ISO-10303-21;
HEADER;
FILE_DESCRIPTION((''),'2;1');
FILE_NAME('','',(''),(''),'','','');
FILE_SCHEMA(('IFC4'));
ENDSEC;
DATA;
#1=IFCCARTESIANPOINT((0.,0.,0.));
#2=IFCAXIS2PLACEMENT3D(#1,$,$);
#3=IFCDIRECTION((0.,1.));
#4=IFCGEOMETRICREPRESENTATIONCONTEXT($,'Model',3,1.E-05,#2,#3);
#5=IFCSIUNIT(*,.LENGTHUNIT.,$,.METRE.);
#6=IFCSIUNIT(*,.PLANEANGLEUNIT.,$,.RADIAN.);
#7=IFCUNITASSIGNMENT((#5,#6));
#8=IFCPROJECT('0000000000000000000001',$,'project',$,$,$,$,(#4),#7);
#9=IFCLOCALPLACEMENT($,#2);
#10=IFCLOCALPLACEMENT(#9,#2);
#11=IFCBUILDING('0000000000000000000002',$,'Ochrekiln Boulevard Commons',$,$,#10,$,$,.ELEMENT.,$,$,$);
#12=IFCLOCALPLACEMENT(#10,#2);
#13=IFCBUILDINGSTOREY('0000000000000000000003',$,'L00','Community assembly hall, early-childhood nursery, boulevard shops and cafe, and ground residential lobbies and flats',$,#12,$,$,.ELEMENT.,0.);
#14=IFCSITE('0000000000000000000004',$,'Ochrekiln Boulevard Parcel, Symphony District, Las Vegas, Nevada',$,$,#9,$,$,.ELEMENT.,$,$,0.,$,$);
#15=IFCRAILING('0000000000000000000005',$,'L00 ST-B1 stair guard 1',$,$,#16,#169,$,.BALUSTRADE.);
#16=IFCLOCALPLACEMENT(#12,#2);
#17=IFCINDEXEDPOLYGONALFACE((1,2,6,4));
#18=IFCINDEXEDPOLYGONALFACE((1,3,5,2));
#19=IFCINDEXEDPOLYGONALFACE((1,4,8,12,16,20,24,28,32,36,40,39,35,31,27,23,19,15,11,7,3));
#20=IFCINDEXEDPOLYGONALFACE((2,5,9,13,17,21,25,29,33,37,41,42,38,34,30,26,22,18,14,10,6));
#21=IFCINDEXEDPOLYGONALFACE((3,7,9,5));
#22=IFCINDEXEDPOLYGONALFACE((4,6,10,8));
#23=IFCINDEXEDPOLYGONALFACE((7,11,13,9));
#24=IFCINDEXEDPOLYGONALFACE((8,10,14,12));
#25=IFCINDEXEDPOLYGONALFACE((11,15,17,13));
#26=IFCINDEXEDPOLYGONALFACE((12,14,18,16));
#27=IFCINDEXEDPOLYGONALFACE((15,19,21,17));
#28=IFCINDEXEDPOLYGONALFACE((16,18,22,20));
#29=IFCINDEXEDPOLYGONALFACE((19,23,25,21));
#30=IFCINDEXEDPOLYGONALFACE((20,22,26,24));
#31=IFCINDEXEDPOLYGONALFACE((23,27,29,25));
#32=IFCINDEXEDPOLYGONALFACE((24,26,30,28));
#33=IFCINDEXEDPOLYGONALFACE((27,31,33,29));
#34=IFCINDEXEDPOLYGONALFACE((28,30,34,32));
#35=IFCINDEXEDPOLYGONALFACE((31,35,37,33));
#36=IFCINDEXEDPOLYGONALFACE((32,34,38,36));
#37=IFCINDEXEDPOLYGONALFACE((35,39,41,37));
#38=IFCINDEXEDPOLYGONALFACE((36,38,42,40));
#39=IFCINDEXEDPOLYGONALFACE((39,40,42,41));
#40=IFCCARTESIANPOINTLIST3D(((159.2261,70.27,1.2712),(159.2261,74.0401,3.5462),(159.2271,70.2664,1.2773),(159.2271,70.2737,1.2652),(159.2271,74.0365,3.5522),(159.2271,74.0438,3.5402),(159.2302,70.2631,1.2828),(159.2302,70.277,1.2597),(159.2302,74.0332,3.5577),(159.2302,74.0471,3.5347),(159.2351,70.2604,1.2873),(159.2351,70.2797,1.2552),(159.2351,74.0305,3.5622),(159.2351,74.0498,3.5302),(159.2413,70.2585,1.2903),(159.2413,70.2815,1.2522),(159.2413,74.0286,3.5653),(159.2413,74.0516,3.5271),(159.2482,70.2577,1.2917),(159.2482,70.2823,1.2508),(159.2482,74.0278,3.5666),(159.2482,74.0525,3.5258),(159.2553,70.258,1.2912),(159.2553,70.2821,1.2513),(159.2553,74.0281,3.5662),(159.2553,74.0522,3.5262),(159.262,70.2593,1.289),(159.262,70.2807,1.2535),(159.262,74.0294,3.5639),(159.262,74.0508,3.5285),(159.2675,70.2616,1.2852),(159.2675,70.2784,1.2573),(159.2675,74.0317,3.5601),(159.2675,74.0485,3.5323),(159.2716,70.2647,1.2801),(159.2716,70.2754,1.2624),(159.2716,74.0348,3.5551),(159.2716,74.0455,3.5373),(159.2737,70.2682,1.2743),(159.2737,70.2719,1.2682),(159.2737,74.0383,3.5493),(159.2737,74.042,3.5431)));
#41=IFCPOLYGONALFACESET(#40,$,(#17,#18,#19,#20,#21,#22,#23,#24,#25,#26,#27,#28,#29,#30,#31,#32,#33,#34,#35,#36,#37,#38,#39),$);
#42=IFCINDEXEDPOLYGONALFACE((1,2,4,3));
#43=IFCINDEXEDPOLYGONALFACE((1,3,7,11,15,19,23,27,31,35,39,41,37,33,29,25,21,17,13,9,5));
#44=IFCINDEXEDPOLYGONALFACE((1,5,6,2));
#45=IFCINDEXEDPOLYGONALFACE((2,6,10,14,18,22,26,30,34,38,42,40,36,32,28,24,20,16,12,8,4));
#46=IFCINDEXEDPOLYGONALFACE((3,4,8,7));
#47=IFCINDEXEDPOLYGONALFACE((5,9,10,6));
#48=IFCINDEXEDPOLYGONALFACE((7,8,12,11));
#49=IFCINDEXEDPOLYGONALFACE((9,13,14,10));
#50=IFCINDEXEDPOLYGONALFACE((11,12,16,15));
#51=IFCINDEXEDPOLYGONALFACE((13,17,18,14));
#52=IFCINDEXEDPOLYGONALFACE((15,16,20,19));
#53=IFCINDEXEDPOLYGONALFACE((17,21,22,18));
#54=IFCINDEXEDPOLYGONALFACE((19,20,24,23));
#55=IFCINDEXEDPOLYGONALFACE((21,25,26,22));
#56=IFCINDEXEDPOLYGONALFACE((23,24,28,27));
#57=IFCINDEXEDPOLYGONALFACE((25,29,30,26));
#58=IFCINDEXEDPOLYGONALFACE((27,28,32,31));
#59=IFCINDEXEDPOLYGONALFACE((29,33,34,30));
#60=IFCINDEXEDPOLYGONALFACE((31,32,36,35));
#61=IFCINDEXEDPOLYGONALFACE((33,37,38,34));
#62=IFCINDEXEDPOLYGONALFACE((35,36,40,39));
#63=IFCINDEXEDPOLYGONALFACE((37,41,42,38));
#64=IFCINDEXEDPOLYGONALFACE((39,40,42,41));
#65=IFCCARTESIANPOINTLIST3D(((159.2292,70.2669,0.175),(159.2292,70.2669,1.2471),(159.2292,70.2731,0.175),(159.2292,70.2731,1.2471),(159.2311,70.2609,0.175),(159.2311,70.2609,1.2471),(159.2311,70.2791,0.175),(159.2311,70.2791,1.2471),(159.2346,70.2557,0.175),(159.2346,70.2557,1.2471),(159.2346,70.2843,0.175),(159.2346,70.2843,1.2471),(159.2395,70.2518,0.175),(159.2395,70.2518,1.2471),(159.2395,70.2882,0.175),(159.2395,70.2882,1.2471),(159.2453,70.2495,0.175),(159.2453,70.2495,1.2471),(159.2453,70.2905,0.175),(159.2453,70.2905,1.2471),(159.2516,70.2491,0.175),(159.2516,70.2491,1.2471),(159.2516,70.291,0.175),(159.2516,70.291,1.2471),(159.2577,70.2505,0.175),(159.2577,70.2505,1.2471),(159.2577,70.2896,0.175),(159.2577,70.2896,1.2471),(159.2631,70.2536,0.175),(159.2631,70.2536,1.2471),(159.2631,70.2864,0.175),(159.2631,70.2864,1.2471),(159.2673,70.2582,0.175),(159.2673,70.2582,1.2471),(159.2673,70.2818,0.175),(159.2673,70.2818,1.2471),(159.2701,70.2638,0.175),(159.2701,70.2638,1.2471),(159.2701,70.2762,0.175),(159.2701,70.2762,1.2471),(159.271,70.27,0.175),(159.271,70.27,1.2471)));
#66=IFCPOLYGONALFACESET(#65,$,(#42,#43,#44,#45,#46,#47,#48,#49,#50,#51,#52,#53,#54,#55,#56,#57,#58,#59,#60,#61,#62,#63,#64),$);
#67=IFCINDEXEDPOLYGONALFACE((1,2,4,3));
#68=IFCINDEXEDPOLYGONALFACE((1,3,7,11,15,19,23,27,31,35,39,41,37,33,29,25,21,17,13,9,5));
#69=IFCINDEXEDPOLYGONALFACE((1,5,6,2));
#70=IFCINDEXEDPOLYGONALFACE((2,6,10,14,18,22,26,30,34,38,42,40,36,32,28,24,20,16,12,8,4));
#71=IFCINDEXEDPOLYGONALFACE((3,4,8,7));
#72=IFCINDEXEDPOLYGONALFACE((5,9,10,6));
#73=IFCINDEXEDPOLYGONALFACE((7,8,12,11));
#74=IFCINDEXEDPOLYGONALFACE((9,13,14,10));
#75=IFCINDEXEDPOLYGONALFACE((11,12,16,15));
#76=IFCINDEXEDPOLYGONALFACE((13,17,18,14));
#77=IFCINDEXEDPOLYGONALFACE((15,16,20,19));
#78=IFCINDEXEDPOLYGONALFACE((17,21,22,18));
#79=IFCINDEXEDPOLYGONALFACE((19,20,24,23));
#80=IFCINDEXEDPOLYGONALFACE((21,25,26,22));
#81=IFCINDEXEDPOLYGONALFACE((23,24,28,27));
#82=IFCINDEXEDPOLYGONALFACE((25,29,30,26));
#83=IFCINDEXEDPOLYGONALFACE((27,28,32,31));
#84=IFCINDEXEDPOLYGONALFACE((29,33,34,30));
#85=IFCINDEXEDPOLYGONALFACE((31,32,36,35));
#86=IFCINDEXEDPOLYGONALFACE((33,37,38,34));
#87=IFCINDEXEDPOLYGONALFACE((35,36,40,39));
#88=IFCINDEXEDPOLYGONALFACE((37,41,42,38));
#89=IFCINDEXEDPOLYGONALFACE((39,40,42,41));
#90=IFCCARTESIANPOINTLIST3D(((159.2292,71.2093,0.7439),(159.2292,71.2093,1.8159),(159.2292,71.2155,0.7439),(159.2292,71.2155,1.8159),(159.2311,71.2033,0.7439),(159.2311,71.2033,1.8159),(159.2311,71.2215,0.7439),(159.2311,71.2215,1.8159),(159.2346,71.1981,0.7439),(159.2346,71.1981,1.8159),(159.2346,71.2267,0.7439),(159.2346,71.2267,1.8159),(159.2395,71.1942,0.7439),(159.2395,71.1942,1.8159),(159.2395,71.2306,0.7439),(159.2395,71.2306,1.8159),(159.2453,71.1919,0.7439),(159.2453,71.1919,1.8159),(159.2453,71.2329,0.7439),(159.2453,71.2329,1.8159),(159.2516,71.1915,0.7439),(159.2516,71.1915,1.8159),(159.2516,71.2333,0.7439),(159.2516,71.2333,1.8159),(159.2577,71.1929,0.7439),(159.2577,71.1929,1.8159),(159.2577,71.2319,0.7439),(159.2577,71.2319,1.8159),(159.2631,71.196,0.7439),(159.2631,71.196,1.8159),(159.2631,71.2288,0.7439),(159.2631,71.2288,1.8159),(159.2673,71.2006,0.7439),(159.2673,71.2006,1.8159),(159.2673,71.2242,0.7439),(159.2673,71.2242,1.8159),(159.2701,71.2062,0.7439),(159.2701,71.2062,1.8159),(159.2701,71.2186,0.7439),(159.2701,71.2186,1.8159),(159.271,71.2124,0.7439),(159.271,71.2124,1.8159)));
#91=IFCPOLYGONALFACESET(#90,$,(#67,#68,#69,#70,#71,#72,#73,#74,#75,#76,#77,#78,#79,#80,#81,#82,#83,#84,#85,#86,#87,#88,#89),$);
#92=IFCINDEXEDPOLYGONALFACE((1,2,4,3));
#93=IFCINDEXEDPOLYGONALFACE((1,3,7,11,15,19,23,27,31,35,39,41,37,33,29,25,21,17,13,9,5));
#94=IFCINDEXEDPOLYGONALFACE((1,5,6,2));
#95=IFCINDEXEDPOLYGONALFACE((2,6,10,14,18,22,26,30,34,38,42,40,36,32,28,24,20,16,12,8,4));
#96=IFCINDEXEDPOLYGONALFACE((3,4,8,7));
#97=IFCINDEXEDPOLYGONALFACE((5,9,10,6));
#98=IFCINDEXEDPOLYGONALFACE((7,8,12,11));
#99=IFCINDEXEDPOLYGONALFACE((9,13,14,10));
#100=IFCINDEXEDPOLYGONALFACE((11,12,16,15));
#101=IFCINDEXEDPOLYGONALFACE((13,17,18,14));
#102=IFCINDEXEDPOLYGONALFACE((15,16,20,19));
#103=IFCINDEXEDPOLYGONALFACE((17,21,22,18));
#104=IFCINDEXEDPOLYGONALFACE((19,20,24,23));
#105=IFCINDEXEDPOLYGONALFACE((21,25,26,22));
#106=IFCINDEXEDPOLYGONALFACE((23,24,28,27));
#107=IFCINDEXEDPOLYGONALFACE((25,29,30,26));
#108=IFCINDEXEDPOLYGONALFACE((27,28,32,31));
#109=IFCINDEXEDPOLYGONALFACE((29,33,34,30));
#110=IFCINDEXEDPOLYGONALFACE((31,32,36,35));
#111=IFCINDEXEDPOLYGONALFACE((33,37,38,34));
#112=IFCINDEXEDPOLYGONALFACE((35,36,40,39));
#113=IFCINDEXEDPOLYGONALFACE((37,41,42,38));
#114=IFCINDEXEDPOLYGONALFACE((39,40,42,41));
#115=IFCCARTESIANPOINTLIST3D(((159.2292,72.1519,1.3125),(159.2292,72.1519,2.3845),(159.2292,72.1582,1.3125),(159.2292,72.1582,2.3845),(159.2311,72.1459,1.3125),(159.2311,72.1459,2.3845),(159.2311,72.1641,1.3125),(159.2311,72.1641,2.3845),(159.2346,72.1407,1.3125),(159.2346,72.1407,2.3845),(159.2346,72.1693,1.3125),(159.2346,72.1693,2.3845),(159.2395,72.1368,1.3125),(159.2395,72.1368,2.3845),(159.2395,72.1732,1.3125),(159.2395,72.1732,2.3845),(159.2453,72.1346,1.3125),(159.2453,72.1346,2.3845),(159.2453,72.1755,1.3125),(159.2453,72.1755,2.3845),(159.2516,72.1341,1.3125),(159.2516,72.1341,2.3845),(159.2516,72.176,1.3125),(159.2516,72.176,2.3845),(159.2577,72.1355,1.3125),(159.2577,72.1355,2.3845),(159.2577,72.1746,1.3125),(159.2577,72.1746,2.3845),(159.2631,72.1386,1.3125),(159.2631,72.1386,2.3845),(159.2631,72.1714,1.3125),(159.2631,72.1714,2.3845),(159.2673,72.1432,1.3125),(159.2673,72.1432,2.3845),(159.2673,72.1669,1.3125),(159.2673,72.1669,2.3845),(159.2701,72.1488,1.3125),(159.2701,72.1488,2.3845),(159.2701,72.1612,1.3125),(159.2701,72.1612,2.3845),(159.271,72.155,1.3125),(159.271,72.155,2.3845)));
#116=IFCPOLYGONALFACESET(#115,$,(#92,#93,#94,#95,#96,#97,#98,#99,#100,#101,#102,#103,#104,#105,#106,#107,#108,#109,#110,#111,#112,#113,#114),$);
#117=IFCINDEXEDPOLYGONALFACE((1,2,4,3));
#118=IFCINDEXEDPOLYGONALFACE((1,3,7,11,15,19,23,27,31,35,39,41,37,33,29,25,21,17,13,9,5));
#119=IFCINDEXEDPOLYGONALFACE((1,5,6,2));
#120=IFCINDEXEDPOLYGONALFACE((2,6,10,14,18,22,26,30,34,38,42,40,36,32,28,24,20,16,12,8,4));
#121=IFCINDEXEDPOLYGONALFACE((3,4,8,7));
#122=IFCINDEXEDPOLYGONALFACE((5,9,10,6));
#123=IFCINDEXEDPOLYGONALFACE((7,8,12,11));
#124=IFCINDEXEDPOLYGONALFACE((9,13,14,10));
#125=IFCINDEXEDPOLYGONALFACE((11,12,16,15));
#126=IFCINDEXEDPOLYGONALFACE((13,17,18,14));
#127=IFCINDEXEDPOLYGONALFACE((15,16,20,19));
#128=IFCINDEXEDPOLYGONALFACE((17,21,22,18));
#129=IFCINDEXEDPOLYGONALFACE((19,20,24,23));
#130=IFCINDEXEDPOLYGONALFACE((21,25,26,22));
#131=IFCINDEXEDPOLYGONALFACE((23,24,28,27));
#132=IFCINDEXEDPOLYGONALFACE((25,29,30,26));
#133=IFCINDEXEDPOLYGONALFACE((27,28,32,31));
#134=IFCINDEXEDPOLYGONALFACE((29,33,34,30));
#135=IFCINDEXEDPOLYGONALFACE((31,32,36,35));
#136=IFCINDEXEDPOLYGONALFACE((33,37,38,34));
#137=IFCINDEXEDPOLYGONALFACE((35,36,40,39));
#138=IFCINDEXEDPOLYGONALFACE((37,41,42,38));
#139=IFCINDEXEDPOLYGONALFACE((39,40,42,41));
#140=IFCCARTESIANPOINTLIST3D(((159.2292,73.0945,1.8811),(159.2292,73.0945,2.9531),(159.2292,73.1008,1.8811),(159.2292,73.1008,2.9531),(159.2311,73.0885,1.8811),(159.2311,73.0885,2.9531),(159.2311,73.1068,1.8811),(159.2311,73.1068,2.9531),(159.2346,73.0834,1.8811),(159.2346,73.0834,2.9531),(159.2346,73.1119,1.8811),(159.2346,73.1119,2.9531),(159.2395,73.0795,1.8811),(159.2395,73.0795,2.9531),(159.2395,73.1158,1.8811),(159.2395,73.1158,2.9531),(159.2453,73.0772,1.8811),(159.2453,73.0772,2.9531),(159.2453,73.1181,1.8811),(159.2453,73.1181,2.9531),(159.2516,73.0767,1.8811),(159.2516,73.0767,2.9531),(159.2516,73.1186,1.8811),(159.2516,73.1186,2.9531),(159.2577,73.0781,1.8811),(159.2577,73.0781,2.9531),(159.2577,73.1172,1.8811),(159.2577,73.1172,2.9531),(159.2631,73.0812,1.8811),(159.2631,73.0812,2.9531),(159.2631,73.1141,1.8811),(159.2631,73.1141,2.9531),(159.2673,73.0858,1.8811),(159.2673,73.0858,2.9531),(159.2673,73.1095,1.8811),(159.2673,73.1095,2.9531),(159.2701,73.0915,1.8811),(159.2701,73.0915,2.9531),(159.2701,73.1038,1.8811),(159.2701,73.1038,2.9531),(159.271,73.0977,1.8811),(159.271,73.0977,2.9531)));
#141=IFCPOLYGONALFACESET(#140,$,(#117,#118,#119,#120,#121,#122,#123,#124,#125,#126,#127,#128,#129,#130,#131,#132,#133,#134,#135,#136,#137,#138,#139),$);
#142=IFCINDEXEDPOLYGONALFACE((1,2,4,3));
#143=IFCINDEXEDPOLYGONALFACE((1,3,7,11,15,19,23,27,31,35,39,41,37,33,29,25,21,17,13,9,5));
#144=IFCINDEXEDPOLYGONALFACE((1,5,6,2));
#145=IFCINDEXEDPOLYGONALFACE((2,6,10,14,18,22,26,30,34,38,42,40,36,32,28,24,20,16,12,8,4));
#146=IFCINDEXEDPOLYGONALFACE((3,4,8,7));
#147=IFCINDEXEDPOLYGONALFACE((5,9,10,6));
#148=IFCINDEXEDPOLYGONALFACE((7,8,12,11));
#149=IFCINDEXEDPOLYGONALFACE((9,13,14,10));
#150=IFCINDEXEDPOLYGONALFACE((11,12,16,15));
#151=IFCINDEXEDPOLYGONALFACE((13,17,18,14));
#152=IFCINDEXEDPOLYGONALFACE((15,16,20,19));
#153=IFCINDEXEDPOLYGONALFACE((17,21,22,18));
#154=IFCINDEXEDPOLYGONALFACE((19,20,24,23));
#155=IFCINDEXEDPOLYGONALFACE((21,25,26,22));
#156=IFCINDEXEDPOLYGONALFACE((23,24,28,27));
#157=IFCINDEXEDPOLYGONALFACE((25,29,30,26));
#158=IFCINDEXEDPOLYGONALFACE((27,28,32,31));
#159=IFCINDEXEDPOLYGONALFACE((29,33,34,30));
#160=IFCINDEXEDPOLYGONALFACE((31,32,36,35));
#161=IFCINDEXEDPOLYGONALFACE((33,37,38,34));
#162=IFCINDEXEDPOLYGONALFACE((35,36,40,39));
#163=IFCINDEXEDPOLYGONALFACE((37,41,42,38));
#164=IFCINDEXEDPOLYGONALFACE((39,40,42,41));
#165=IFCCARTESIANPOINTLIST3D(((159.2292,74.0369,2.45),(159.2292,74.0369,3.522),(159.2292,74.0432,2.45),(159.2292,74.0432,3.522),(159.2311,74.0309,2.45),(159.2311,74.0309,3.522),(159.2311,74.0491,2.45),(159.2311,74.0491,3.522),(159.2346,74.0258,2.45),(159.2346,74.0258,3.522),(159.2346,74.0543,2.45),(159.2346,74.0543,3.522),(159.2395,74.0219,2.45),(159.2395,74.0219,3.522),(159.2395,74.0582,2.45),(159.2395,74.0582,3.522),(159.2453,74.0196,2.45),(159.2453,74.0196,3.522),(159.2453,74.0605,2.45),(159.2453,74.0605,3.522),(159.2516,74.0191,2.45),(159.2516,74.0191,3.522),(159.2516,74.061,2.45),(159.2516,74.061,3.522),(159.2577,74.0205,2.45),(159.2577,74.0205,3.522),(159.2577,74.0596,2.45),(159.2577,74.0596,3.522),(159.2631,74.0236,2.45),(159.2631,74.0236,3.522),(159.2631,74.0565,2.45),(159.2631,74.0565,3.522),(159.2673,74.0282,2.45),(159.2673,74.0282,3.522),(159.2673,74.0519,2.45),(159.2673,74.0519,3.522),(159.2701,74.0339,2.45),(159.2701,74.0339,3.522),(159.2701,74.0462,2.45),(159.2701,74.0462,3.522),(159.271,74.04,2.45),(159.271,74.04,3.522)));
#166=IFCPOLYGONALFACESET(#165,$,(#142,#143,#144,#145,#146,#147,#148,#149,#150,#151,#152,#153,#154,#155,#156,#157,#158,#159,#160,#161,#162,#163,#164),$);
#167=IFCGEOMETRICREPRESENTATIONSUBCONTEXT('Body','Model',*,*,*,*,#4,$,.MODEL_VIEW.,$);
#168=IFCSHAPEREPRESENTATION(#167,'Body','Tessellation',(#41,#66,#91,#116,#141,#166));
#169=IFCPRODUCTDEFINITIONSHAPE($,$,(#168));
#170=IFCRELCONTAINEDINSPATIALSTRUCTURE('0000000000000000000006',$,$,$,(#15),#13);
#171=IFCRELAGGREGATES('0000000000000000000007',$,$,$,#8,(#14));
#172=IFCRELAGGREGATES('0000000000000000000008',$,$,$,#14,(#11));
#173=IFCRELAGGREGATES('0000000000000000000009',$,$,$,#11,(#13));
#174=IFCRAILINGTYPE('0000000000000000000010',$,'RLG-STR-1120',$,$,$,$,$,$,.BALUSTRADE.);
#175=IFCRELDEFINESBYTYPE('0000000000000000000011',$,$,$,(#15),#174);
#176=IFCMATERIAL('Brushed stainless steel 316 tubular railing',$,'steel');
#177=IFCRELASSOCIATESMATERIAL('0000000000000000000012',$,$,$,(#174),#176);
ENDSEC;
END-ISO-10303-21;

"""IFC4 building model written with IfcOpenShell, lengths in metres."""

from ifc_helpers import new_model, si_unit, direction, frame, origin, origin_2d, place, context, subcontext, project, spatial, circle, extrude, material, type_object, element, save


model = new_model("IFC4")

# Units and contexts
model_context = context("Model", 3, precision=1e-05, world=origin(), true_north=direction((0.0, 1.0)))
body_context = subcontext(model_context, "Body", "Model", "MODEL_VIEW")
ifc_project = project(units=[si_unit("LENGTHUNIT", "METRE"), si_unit("PLANEANGLEUNIT", "RADIAN")], contexts=[model_context])

# Site, building, storey
site_placement = place(None, origin())
site = spatial("IfcSite", under=ifc_project, at=site_placement, Name="Ochrekiln Boulevard Parcel, Symphony District, Las Vegas, Nevada", CompositionType="ELEMENT", RefElevation=0.0)
building_placement = place(site_placement, origin())
building = spatial("IfcBuilding", under=site, at=building_placement, Name="Ochrekiln Boulevard Commons", CompositionType="ELEMENT")
storey_placement = place(building_placement, origin())
storey = spatial("IfcBuildingStorey", under=building, at=storey_placement, Name="L00", Description="Community assembly hall, early-childhood nursery, boulevard shops and cafe, and ground residential lobbies and flats", CompositionType="ELEMENT", Elevation=0.0)

# Railing
ifc_material_1 = material(Name="Brushed stainless steel 316 tubular railing", Category="steel")
railing_type_1 = type_object("IfcRailingType", Name="RLG-STR-1120", PredefinedType="BALUSTRADE", material=ifc_material_1)
railing_1_placement = place(storey_placement, frame((159.25, 70.27, 0.175)))
element("IfcRailing", 1, at=railing_1_placement, inside=storey, type_object=railing_type_1, Name="L00 ST-B1 stair guard 1", PredefinedType="BALUSTRADE", context=body_context, shape_type="SweptSolid", body=[
    extrude(circle(Radius=0.0239, at=origin_2d()), frame((0.0, 0.0, 1.0962), z_axis=(0.0, 0.856199, 0.516647), x_axis=(-1.0, 0.0, 0.0)), (0.0, 0.0, 1.0), 4.4033),
    extrude(circle(Radius=0.021, at=origin_2d()), origin(), (0.0, 0.0, 1.0), 1.072),
    extrude(circle(Radius=0.021, at=origin_2d()), frame((0.0, 0.9424, 0.5688)), (0.0, 0.0, 1.0), 1.072),
    extrude(circle(Radius=0.021, at=origin_2d()), frame((0.0, 1.885, 1.1375)), (0.0, 0.0, 1.0), 1.072),
    extrude(circle(Radius=0.021, at=origin_2d()), frame((0.0, 2.8276, 1.7061)), (0.0, 0.0, 1.0), 1.072),
    extrude(circle(Radius=0.021, at=origin_2d()), frame((0.0, 3.77, 2.2749)), (0.0, 0.0, 1.0), 1.072),
])

save(model, "model.ifc")
